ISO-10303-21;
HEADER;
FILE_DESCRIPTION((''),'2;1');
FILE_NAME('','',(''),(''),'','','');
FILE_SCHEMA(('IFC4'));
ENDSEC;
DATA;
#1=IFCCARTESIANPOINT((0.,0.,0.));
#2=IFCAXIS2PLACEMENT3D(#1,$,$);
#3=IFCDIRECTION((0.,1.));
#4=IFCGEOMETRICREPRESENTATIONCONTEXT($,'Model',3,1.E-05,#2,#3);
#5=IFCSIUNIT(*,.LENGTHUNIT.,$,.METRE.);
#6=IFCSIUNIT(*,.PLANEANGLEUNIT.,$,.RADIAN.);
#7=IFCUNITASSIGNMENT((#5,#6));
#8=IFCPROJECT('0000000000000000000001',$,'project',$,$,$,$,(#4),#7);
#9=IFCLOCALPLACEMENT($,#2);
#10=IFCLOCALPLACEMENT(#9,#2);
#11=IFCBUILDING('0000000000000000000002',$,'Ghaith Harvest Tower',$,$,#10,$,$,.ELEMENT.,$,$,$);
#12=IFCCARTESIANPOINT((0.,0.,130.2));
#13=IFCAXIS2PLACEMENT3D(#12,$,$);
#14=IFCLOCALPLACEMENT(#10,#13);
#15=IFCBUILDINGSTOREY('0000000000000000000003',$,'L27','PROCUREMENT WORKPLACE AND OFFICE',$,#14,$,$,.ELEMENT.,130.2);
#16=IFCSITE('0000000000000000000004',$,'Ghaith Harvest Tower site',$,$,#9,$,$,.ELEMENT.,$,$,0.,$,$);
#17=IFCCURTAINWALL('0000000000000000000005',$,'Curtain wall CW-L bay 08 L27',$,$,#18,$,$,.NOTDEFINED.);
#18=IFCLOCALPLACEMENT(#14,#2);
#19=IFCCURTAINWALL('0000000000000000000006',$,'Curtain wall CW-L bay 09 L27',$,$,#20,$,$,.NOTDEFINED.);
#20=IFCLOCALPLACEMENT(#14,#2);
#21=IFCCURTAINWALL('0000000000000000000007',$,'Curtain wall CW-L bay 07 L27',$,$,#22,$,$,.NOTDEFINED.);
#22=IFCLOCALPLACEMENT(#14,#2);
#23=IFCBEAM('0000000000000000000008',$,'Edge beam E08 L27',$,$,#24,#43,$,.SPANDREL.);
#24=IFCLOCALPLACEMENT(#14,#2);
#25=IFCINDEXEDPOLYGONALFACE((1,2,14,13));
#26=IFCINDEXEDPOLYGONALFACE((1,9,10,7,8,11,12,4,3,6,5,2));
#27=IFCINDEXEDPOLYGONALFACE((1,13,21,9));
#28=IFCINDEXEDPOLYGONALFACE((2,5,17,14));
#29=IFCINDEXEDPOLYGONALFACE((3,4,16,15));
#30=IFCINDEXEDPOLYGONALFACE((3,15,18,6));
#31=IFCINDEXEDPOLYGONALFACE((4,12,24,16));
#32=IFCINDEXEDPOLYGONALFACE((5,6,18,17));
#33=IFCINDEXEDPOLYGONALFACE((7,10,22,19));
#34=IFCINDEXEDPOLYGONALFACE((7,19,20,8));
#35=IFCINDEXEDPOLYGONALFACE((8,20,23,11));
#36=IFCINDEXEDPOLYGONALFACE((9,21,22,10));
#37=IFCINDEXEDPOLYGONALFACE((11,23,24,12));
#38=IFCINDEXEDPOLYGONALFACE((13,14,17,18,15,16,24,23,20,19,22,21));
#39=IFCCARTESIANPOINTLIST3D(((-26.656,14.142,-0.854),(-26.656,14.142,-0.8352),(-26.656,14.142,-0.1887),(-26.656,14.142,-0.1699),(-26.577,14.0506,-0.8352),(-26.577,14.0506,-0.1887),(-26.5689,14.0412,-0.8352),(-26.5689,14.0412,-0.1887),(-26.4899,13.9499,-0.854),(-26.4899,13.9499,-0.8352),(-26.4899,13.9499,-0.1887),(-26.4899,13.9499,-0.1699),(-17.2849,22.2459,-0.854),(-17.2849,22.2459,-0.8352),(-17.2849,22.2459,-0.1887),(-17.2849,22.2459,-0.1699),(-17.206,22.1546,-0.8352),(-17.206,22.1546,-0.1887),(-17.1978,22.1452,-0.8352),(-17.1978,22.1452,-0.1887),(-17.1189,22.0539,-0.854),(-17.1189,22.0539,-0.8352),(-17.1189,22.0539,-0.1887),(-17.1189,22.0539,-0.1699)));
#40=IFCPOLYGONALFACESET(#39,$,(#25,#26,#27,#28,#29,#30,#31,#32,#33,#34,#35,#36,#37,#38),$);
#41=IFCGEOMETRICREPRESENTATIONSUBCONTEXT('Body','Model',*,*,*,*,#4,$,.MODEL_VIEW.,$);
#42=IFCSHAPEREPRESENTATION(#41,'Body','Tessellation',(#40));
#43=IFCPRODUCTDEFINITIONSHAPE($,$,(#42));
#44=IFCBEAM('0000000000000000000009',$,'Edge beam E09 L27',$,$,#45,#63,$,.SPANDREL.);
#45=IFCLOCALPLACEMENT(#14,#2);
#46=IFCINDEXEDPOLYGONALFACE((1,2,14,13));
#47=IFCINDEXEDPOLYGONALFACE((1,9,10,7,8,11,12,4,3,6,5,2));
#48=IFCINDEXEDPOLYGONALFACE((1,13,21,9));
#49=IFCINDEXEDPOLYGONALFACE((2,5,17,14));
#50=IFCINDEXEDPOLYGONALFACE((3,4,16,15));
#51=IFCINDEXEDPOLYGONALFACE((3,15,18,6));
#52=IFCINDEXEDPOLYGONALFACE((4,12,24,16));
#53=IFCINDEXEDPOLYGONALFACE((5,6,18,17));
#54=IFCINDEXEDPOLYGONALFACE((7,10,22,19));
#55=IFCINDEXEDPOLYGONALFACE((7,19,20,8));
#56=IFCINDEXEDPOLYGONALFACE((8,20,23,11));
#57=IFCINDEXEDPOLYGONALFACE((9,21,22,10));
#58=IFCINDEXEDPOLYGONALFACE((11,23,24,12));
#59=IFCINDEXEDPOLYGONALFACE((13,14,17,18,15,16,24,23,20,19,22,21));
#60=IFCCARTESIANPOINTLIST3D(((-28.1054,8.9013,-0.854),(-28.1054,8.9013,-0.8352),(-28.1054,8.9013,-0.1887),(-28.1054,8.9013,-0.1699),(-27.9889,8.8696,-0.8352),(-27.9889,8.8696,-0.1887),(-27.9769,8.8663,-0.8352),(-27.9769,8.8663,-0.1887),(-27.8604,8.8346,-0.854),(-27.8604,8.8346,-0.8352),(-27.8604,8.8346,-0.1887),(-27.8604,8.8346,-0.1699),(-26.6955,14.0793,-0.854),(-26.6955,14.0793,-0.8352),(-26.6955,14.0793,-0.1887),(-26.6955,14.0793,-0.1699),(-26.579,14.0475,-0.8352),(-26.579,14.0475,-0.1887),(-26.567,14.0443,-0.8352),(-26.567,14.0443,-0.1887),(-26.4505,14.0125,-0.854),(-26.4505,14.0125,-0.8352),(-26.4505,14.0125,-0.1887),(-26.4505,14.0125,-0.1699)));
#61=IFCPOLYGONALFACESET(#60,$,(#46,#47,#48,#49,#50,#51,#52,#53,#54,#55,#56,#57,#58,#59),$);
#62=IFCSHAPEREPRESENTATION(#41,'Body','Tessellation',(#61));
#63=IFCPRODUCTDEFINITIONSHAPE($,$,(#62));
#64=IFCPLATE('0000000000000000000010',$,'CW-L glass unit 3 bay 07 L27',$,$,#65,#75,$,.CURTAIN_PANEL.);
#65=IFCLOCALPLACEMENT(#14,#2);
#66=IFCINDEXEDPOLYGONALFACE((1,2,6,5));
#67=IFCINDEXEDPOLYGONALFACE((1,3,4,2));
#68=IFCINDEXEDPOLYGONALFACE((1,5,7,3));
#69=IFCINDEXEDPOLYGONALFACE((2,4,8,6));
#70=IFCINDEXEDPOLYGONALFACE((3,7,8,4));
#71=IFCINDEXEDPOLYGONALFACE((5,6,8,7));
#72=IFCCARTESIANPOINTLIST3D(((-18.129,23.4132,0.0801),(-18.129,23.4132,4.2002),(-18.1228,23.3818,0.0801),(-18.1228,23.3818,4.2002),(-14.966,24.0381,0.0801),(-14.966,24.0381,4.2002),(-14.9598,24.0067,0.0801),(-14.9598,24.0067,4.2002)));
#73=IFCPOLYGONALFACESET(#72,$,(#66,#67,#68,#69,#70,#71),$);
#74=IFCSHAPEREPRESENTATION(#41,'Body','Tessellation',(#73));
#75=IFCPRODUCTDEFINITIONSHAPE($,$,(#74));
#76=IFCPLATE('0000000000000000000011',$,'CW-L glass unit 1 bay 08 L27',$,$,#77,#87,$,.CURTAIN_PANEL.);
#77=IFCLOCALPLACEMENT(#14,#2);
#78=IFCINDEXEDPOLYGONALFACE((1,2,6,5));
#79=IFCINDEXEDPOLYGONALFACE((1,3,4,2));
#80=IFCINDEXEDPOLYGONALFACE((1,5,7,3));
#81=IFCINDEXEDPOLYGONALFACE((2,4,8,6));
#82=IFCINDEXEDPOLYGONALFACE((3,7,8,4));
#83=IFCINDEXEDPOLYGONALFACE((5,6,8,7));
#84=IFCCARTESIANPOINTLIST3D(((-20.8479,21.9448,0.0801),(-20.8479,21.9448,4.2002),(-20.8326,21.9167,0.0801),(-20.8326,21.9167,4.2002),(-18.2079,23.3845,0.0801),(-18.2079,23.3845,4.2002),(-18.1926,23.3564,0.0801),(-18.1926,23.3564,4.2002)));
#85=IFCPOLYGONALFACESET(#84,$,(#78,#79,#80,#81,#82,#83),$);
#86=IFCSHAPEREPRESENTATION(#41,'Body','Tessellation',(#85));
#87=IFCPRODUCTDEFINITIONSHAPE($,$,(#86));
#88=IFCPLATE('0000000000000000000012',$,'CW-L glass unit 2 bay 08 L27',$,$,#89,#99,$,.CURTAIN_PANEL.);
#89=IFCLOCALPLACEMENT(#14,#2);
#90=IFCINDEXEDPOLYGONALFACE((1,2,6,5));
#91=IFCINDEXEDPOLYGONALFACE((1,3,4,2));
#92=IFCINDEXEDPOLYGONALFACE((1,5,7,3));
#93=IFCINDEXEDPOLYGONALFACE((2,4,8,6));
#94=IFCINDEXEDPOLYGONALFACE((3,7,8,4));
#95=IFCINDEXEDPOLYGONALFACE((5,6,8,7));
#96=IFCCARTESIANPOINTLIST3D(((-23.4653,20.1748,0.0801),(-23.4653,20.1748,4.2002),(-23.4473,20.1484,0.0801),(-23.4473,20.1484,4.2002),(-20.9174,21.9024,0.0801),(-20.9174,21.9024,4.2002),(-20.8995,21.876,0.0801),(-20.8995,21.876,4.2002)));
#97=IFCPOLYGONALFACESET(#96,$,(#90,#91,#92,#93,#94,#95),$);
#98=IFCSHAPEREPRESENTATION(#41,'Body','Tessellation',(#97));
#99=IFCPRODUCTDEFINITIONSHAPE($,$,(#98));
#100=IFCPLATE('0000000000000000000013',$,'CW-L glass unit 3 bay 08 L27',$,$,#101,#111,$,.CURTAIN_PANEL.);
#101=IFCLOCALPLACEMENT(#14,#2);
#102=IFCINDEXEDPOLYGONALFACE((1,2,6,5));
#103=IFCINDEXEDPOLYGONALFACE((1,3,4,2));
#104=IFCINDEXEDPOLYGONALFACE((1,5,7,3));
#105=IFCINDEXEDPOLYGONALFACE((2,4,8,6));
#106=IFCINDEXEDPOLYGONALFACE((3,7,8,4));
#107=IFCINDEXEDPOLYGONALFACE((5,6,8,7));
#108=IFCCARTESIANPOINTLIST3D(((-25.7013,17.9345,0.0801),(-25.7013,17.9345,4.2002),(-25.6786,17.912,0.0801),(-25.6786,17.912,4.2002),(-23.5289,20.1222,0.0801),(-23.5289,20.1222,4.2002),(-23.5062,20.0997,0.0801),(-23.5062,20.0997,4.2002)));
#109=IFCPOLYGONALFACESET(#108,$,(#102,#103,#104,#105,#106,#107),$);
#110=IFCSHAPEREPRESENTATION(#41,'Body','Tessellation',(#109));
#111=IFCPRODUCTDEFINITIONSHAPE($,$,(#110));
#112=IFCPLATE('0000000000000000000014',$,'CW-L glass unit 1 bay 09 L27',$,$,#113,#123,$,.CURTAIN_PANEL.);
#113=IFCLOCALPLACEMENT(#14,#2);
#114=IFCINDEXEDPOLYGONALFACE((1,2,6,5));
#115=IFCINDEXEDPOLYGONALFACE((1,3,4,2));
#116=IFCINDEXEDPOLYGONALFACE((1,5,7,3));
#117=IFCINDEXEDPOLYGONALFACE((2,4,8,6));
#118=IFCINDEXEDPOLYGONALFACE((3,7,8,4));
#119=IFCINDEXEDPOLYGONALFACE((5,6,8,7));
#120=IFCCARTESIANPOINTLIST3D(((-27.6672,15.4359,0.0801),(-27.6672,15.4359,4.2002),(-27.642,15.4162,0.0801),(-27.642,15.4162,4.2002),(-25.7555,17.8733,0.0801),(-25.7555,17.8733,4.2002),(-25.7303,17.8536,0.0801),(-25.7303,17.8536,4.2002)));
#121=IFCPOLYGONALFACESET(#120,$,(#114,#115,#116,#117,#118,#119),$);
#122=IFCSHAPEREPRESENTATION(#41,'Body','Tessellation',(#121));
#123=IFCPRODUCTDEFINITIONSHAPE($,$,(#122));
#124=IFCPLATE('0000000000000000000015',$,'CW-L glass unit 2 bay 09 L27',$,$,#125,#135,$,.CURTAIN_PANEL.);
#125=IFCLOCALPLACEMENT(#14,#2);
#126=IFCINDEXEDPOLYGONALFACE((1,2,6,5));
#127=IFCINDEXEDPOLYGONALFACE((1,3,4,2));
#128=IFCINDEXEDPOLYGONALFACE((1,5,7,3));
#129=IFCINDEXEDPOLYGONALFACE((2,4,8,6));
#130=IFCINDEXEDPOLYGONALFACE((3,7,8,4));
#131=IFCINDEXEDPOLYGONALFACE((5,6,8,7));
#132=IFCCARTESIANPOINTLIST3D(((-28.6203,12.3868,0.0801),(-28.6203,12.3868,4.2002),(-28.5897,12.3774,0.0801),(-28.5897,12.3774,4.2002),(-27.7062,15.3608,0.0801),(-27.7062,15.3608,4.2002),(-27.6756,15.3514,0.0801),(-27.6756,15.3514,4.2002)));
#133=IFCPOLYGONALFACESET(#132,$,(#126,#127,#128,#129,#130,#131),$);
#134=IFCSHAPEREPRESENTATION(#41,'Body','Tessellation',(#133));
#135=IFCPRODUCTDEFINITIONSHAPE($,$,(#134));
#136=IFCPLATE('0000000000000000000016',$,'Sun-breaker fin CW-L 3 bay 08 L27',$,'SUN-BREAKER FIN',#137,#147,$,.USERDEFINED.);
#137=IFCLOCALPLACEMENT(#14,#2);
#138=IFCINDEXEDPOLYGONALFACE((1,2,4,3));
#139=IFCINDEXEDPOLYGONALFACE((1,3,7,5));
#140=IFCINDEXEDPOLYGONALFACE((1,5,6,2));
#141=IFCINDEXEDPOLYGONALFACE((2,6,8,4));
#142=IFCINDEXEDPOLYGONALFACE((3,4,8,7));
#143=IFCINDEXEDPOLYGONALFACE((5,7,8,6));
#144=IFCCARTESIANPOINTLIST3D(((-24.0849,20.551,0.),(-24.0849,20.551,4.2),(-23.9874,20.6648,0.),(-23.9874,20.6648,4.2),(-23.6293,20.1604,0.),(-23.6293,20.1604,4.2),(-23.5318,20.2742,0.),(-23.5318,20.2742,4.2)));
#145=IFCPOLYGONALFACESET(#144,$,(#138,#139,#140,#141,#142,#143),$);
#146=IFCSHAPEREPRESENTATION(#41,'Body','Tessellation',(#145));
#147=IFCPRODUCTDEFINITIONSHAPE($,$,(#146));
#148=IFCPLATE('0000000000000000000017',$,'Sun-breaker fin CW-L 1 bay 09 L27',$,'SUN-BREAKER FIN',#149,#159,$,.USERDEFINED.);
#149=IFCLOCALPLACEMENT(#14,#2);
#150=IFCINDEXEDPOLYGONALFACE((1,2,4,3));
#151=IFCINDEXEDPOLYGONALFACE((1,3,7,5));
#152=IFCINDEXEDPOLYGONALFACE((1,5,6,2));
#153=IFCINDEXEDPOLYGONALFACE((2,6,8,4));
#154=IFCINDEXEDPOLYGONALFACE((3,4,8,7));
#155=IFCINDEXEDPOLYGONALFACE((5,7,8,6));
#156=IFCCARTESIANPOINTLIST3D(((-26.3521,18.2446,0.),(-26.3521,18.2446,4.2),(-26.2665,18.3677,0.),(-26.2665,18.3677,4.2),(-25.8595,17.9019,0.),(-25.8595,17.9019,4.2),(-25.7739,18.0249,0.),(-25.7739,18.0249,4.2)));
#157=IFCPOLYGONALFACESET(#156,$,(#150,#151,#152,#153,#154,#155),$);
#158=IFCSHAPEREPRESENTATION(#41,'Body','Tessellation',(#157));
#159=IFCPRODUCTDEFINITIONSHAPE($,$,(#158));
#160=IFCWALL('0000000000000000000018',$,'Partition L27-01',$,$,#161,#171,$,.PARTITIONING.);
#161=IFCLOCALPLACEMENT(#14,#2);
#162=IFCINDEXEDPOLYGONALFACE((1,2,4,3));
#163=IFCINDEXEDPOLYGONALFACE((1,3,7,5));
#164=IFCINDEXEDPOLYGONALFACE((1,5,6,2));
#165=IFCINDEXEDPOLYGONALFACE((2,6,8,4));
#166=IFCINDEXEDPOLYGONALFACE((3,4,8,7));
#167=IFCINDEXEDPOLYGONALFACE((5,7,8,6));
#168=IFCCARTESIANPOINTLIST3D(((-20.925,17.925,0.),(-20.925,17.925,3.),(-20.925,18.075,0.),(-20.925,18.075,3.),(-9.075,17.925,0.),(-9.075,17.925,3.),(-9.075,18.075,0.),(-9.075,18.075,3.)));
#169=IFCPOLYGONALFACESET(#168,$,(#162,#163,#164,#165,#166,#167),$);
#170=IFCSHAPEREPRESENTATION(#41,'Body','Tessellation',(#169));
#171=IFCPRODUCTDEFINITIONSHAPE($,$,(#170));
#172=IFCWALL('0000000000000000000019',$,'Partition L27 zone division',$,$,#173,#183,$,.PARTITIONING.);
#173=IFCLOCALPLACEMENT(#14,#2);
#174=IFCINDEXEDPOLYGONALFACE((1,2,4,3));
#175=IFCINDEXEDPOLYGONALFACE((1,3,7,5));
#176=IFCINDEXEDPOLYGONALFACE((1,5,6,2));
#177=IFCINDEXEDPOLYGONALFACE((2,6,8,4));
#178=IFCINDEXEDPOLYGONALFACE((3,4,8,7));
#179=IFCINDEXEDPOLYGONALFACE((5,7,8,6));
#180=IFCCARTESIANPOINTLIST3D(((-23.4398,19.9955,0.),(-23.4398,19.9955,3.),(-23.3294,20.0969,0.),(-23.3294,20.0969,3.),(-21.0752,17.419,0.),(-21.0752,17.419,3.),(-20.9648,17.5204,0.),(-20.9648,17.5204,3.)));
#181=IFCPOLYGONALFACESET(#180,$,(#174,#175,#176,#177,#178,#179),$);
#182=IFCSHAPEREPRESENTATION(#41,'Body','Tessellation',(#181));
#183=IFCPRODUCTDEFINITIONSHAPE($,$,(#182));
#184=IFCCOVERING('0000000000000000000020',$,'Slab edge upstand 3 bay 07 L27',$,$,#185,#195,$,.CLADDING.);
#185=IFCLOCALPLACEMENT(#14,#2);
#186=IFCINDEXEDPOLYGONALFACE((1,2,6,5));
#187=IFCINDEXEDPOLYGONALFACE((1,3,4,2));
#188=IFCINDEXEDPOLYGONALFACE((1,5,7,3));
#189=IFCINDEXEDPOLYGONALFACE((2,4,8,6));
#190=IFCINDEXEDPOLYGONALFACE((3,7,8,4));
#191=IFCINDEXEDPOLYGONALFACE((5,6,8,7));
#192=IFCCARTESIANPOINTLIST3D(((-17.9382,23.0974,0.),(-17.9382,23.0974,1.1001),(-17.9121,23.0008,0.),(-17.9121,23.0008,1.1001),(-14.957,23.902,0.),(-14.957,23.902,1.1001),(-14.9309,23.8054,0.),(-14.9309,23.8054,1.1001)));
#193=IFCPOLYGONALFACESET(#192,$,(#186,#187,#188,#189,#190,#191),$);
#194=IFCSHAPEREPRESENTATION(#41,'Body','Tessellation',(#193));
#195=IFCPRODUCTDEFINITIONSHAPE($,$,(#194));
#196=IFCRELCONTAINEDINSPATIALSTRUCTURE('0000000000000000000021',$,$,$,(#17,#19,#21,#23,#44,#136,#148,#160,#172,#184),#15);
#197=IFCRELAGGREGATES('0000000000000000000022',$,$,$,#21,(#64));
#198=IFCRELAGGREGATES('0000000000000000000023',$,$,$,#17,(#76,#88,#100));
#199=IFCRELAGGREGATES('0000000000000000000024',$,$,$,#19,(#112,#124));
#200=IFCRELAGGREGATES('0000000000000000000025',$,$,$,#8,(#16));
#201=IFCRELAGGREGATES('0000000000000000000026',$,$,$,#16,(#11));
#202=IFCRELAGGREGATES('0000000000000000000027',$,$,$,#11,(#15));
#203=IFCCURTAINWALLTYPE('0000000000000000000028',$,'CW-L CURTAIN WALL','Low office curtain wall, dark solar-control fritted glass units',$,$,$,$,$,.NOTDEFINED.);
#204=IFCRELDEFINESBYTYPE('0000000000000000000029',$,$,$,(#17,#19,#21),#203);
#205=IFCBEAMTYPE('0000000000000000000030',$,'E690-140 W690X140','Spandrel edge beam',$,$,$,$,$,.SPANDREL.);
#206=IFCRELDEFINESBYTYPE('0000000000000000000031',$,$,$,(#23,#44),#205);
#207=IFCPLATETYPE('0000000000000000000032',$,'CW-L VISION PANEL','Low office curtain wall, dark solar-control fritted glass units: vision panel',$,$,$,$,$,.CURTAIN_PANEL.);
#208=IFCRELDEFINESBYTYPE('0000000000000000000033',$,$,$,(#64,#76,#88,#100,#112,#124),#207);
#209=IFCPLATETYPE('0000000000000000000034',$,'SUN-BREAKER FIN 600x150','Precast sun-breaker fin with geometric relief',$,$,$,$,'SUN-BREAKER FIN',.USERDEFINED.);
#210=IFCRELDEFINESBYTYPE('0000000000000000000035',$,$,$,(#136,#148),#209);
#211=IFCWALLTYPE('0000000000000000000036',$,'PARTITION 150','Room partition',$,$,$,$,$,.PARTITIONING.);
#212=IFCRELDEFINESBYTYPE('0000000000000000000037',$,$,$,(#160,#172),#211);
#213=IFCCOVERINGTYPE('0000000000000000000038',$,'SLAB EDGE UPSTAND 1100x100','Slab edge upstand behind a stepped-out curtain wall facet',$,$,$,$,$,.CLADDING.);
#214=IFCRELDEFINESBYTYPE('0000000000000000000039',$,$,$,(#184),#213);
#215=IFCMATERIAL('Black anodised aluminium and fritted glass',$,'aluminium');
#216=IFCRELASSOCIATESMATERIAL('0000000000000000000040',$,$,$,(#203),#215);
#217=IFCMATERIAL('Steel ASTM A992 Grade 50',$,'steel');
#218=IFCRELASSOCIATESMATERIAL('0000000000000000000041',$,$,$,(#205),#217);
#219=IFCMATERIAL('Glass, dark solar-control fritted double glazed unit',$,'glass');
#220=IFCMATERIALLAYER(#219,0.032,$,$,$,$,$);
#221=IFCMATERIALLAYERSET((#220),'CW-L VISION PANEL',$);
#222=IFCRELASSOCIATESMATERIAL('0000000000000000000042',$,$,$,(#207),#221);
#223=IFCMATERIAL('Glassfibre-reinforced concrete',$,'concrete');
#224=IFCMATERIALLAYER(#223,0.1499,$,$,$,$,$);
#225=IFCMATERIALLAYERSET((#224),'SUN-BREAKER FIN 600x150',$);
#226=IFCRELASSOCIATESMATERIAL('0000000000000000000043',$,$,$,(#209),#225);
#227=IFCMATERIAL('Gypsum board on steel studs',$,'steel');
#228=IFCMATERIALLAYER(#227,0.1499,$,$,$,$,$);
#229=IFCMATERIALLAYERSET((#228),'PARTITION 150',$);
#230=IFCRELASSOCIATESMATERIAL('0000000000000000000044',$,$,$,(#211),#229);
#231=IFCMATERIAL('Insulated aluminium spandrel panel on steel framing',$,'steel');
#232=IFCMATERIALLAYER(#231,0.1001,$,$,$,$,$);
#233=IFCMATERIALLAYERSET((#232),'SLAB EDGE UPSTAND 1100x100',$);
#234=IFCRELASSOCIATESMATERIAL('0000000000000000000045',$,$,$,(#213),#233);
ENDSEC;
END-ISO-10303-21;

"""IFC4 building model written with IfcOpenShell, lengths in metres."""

from ifc_helpers import new_model, si_unit, direction, frame, frame_2d, origin, origin_2d, place, context, subcontext, project, spatial, rectangle, i_section, extrude, material, layer, layer_set, material_profile, profile_set, type_object, element, aggregate, save


model = new_model("IFC4")

# Units and contexts
model_context = context("Model", 3, precision=1e-05, world=origin(), true_north=direction((0.0, 1.0)))
body_context = subcontext(model_context, "Body", "Model", "MODEL_VIEW")
ifc_project = project(units=[si_unit("LENGTHUNIT", "METRE"), si_unit("PLANEANGLEUNIT", "RADIAN")], contexts=[model_context])

# Site, building, storey
site_placement = place(None, origin())
site = spatial("IfcSite", under=ifc_project, at=site_placement, Name="Ghaith Harvest Tower site", CompositionType="ELEMENT", RefElevation=0.0)
building_placement = place(site_placement, origin())
building = spatial("IfcBuilding", under=site, at=building_placement, Name="Ghaith Harvest Tower", CompositionType="ELEMENT")
storey_placement = place(building_placement, frame((0.0, 0.0, 130.2)))
storey = spatial("IfcBuildingStorey", under=building, at=storey_placement, Name="L27", Description="PROCUREMENT WORKPLACE AND OFFICE", CompositionType="ELEMENT", Elevation=130.2)

# Curtain walls
ifc_material_1 = material(Name="Black anodised aluminium and fritted glass", Category="aluminium")
curtain_wall_type = type_object("IfcCurtainWallType", Name="CW-L CURTAIN WALL", Description="Low office curtain wall, dark solar-control fritted glass units", PredefinedType="NOTDEFINED", material=ifc_material_1)
curtain_wall_1_placement = place(storey_placement, origin())
curtain_wall_1 = element("IfcCurtainWall", 1, at=curtain_wall_1_placement, inside=storey, type_object=curtain_wall_type, Name="Curtain wall CW-L bay 08 L27", PredefinedType="NOTDEFINED")
curtain_wall_2_placement = place(storey_placement, origin())
curtain_wall_2 = element("IfcCurtainWall", 2, at=curtain_wall_2_placement, inside=storey, type_object=curtain_wall_type, Name="Curtain wall CW-L bay 09 L27", PredefinedType="NOTDEFINED")

# Curtain wall
curtain_wall_3_placement = place(storey_placement, origin())
curtain_wall_3 = element("IfcCurtainWall", 3, at=curtain_wall_3_placement, inside=storey, type_object=curtain_wall_type, Name="Curtain wall CW-L bay 07 L27", PredefinedType="NOTDEFINED")

# Beams
ifc_material_2 = material(Name="Steel ASTM A992 Grade 50", Category="steel")
ifc_material_profile_1 = material_profile(ifc_material_2, i_section(OverallWidth=0.2539, OverallDepth=0.6841, WebThickness=0.0125, FlangeThickness=0.0188, at=origin_2d()), Name="W690X140")
ifc_profile_set_1 = profile_set([ifc_material_profile_1], Name="Steel ASTM A992 Grade 50")
beam_type = type_object("IfcBeamType", Name="E690-140 W690X140", Description="Spandrel edge beam", PredefinedType="SPANDREL", material=ifc_profile_set_1)
beam_1_placement = place(storey_placement, frame((-17.2019, 22.1499, -0.512), z_axis=(-0.756392, -0.654118, 0.0), x_axis=(0.654118, -0.756392, 0.0)))
element("IfcBeam", 4, at=beam_1_placement, inside=storey, type_object=beam_type, Name="Edge beam E08 L27", PredefinedType="SPANDREL", context=body_context, shape_type="SweptSolid", body=[
    extrude(i_section(OverallWidth=0.2539, OverallDepth=0.6841, WebThickness=0.0125, FlangeThickness=0.0188, at=origin_2d()), origin(), (0.0, 0.0, 1.0), 12.3892),
])
beam_2_placement = place(storey_placement, frame((-26.573, 14.0459, -0.512), z_axis=(-0.262725, -0.964871, 0.0), x_axis=(0.964871, -0.262725, 0.0)))
element("IfcBeam", 5, at=beam_2_placement, inside=storey, type_object=beam_type, Name="Edge beam E09 L27", PredefinedType="SPANDREL", context=body_context, shape_type="SweptSolid", body=[
    extrude(i_section(OverallWidth=0.2539, OverallDepth=0.6841, WebThickness=0.0125, FlangeThickness=0.0188, at=origin_2d()), origin(), (0.0, 0.0, 1.0), 5.3665),
])

# Plates
ifc_material_3 = material(Name="Glass, dark solar-control fritted double glazed unit", Category="glass")
ifc_layer_1 = layer(ifc_material_3, 0.032)
ifc_layer_set_1 = layer_set([ifc_layer_1], Name="CW-L VISION PANEL")
plate_type_1 = type_object("IfcPlateType", Name="CW-L VISION PANEL", Description="Low office curtain wall, dark solar-control fritted glass units: vision panel", PredefinedType="CURTAIN_PANEL", material=ifc_layer_set_1)
plate_1_placement = place(storey_placement, frame((-16.5444, 23.71, 0.0801), z_axis=(0.0, 0.0, 1.0), x_axis=(-0.981038, -0.193818, 0.0)))
plate_1 = element("IfcPlate", 6, at=plate_1_placement, type_object=plate_type_1, Name="CW-L glass unit 3 bay 07 L27", PredefinedType="CURTAIN_PANEL", context=body_context, shape_type="SweptSolid", body=[
    extrude(rectangle(XDim=3.2241, YDim=0.032, at=origin_2d()), origin(), (0.0, 0.0, 1.0), 4.1201),
])
aggregate(curtain_wall_3, [plate_1])
plate_2_placement = place(storey_placement, frame((-19.5203, 22.6506, 0.0801), z_axis=(0.0, 0.0, 1.0), x_axis=(-0.87794, -0.47877, 0.0)))
plate_2 = element("IfcPlate", 7, at=plate_2_placement, type_object=plate_type_1, Name="CW-L glass unit 1 bay 08 L27", PredefinedType="CURTAIN_PANEL", context=body_context, shape_type="SweptSolid", body=[
    extrude(rectangle(XDim=3.0071, YDim=0.032, at=origin_2d()), origin(), (0.0, 0.0, 1.0), 4.1201),
])
plate_3_placement = place(storey_placement, frame((-22.1824, 21.0254, 0.0801), z_axis=(0.0, 0.0, 1.0), x_axis=(-0.827675, -0.561208, 0.0)))
plate_3 = element("IfcPlate", 8, at=plate_3_placement, type_object=plate_type_1, Name="CW-L glass unit 2 bay 08 L27", PredefinedType="CURTAIN_PANEL", context=body_context, shape_type="SweptSolid", body=[
    extrude(rectangle(XDim=3.0784, YDim=0.032, at=origin_2d()), origin(), (0.0, 0.0, 1.0), 4.1201),
])
plate_4_placement = place(storey_placement, frame((-24.6038, 19.0171, 0.0801), z_axis=(0.0, 0.0, 1.0), x_axis=(-0.704614, -0.709591, 0.0)))
plate_4 = element("IfcPlate", 9, at=plate_4_placement, type_object=plate_type_1, Name="CW-L glass unit 3 bay 08 L27", PredefinedType="CURTAIN_PANEL", context=body_context, shape_type="SweptSolid", body=[
    extrude(rectangle(XDim=3.083, YDim=0.032, at=origin_2d()), origin(), (0.0, 0.0, 1.0), 4.1201),
])
aggregate(curtain_wall_1, [plate_2, plate_3, plate_4])
plate_5_placement = place(storey_placement, frame((-26.6987, 16.6448, 0.0801), z_axis=(0.0, 0.0, 1.0), x_axis=(-0.617141, -0.786853, 0.0)))
plate_5 = element("IfcPlate", 10, at=plate_5_placement, type_object=plate_type_1, Name="CW-L glass unit 1 bay 09 L27", PredefinedType="CURTAIN_PANEL", context=body_context, shape_type="SweptSolid", body=[
    extrude(rectangle(XDim=3.0977, YDim=0.032, at=origin_2d()), origin(), (0.0, 0.0, 1.0), 4.1201),
])
plate_6_placement = place(storey_placement, frame((-28.1479, 13.8691, 0.0801), z_axis=(0.0, 0.0, 1.0), x_axis=(-0.293803, -0.955866, 0.0)))
plate_6 = element("IfcPlate", 11, at=plate_6_placement, type_object=plate_type_1, Name="CW-L glass unit 2 bay 09 L27", PredefinedType="CURTAIN_PANEL", context=body_context, shape_type="SweptSolid", body=[
    extrude(rectangle(XDim=3.1113, YDim=0.032, at=origin_2d()), origin(), (0.0, 0.0, 1.0), 4.1201),
])
aggregate(curtain_wall_2, [plate_5, plate_6])

# Plates
ifc_material_4 = material(Name="Glassfibre-reinforced concrete", Category="concrete")
ifc_layer_2 = layer(ifc_material_4, 0.1499)
ifc_layer_set_2 = layer_set([ifc_layer_2], Name="SUN-BREAKER FIN 600x150")
plate_type_2 = type_object("IfcPlateType", Name="SUN-BREAKER FIN 600x150", Description="Precast sun-breaker fin with geometric relief", ElementType="SUN-BREAKER FIN", PredefinedType="USERDEFINED", material=ifc_layer_set_2)
for number, where, z_axis, x_axis, name in (
    (12, (-23.8083, 20.4126, 0.0), (0.0, 0.0, 1.0), (-0.75917, 0.650893, 0.0), "Sun-breaker fin CW-L 3 bay 08 L27"),
    (13, (-26.063, 18.1348, 0.0), (0.0, 0.0, 1.0), (-0.820845, 0.57115, 0.0), "Sun-breaker fin CW-L 1 bay 09 L27"),
):
    element("IfcPlate", number, at=place(storey_placement, frame(where, z_axis=z_axis, x_axis=x_axis)), inside=storey, type_object=plate_type_2, Name=name, ObjectType="SUN-BREAKER FIN", PredefinedType="USERDEFINED", context=body_context, shape_type="SweptSolid", body=[
        extrude(rectangle(XDim=0.6001, YDim=0.1499, at=origin_2d()), origin(), (0.0, 0.0, 1.0), 4.2),
    ])

# Walls
ifc_material_5 = material(Name="Gypsum board on steel studs", Category="steel")
ifc_layer_3 = layer(ifc_material_5, 0.1499)
ifc_layer_set_3 = layer_set([ifc_layer_3], Name="PARTITION 150")
wall_type = type_object("IfcWallType", Name="PARTITION 150", Description="Room partition", PredefinedType="PARTITIONING", material=ifc_layer_set_3)
wall_1_placement = place(storey_placement, frame((-20.925, 18.0, 0.0), z_axis=(0.0, 0.0, 1.0), x_axis=(1.0, 0.0, 0.0)))
element("IfcWall", 14, at=wall_1_placement, inside=storey, type_object=wall_type, Name="Partition L27-01", PredefinedType="PARTITIONING", context=body_context, shape_type="SweptSolid", body=[
    extrude(rectangle(XDim=11.8501, YDim=0.1499, at=frame_2d((5.925, 0.0))), origin(), (0.0, 0.0, 1.0), 3.0),
])
wall_2_placement = place(storey_placement, frame((-21.02, 17.4697, 0.0), z_axis=(0.0, 0.0, 1.0), x_axis=(-0.676158, 0.736757, 0.0)))
element("IfcWall", 15, at=wall_2_placement, inside=storey, type_object=wall_type, Name="Partition L27 zone division", PredefinedType="PARTITIONING", context=body_context, shape_type="SweptSolid", body=[
    extrude(rectangle(XDim=3.4971, YDim=0.1499, at=frame_2d((1.7485, 0.0))), origin(), (0.0, 0.0, 1.0), 3.0),
])

# Covering
ifc_material_6 = material(Name="Insulated aluminium spandrel panel on steel framing", Category="steel")
ifc_layer_4 = layer(ifc_material_6, 0.1001)
ifc_layer_set_4 = layer_set([ifc_layer_4], Name="SLAB EDGE UPSTAND 1100x100")
covering_type = type_object("IfcCoveringType", Name="SLAB EDGE UPSTAND 1100x100", Description="Slab edge upstand behind a stepped-out curtain wall facet", PredefinedType="CLADDING", material=ifc_layer_set_4)
covering_1_placement = place(storey_placement, frame((-16.4346, 23.4514, 0.0), z_axis=(0.0, 0.0, 1.0), x_axis=(-0.965455, -0.26057, 0.0)))
element("IfcCovering", 16, at=covering_1_placement, inside=storey, type_object=covering_type, Name="Slab edge upstand 3 bay 07 L27", PredefinedType="CLADDING", context=body_context, shape_type="SweptSolid", body=[
    extrude(rectangle(XDim=3.0879, YDim=0.1001, at=origin_2d()), origin(), (0.0, 0.0, 1.0), 1.1001),
])

save(model, "model.ifc")
